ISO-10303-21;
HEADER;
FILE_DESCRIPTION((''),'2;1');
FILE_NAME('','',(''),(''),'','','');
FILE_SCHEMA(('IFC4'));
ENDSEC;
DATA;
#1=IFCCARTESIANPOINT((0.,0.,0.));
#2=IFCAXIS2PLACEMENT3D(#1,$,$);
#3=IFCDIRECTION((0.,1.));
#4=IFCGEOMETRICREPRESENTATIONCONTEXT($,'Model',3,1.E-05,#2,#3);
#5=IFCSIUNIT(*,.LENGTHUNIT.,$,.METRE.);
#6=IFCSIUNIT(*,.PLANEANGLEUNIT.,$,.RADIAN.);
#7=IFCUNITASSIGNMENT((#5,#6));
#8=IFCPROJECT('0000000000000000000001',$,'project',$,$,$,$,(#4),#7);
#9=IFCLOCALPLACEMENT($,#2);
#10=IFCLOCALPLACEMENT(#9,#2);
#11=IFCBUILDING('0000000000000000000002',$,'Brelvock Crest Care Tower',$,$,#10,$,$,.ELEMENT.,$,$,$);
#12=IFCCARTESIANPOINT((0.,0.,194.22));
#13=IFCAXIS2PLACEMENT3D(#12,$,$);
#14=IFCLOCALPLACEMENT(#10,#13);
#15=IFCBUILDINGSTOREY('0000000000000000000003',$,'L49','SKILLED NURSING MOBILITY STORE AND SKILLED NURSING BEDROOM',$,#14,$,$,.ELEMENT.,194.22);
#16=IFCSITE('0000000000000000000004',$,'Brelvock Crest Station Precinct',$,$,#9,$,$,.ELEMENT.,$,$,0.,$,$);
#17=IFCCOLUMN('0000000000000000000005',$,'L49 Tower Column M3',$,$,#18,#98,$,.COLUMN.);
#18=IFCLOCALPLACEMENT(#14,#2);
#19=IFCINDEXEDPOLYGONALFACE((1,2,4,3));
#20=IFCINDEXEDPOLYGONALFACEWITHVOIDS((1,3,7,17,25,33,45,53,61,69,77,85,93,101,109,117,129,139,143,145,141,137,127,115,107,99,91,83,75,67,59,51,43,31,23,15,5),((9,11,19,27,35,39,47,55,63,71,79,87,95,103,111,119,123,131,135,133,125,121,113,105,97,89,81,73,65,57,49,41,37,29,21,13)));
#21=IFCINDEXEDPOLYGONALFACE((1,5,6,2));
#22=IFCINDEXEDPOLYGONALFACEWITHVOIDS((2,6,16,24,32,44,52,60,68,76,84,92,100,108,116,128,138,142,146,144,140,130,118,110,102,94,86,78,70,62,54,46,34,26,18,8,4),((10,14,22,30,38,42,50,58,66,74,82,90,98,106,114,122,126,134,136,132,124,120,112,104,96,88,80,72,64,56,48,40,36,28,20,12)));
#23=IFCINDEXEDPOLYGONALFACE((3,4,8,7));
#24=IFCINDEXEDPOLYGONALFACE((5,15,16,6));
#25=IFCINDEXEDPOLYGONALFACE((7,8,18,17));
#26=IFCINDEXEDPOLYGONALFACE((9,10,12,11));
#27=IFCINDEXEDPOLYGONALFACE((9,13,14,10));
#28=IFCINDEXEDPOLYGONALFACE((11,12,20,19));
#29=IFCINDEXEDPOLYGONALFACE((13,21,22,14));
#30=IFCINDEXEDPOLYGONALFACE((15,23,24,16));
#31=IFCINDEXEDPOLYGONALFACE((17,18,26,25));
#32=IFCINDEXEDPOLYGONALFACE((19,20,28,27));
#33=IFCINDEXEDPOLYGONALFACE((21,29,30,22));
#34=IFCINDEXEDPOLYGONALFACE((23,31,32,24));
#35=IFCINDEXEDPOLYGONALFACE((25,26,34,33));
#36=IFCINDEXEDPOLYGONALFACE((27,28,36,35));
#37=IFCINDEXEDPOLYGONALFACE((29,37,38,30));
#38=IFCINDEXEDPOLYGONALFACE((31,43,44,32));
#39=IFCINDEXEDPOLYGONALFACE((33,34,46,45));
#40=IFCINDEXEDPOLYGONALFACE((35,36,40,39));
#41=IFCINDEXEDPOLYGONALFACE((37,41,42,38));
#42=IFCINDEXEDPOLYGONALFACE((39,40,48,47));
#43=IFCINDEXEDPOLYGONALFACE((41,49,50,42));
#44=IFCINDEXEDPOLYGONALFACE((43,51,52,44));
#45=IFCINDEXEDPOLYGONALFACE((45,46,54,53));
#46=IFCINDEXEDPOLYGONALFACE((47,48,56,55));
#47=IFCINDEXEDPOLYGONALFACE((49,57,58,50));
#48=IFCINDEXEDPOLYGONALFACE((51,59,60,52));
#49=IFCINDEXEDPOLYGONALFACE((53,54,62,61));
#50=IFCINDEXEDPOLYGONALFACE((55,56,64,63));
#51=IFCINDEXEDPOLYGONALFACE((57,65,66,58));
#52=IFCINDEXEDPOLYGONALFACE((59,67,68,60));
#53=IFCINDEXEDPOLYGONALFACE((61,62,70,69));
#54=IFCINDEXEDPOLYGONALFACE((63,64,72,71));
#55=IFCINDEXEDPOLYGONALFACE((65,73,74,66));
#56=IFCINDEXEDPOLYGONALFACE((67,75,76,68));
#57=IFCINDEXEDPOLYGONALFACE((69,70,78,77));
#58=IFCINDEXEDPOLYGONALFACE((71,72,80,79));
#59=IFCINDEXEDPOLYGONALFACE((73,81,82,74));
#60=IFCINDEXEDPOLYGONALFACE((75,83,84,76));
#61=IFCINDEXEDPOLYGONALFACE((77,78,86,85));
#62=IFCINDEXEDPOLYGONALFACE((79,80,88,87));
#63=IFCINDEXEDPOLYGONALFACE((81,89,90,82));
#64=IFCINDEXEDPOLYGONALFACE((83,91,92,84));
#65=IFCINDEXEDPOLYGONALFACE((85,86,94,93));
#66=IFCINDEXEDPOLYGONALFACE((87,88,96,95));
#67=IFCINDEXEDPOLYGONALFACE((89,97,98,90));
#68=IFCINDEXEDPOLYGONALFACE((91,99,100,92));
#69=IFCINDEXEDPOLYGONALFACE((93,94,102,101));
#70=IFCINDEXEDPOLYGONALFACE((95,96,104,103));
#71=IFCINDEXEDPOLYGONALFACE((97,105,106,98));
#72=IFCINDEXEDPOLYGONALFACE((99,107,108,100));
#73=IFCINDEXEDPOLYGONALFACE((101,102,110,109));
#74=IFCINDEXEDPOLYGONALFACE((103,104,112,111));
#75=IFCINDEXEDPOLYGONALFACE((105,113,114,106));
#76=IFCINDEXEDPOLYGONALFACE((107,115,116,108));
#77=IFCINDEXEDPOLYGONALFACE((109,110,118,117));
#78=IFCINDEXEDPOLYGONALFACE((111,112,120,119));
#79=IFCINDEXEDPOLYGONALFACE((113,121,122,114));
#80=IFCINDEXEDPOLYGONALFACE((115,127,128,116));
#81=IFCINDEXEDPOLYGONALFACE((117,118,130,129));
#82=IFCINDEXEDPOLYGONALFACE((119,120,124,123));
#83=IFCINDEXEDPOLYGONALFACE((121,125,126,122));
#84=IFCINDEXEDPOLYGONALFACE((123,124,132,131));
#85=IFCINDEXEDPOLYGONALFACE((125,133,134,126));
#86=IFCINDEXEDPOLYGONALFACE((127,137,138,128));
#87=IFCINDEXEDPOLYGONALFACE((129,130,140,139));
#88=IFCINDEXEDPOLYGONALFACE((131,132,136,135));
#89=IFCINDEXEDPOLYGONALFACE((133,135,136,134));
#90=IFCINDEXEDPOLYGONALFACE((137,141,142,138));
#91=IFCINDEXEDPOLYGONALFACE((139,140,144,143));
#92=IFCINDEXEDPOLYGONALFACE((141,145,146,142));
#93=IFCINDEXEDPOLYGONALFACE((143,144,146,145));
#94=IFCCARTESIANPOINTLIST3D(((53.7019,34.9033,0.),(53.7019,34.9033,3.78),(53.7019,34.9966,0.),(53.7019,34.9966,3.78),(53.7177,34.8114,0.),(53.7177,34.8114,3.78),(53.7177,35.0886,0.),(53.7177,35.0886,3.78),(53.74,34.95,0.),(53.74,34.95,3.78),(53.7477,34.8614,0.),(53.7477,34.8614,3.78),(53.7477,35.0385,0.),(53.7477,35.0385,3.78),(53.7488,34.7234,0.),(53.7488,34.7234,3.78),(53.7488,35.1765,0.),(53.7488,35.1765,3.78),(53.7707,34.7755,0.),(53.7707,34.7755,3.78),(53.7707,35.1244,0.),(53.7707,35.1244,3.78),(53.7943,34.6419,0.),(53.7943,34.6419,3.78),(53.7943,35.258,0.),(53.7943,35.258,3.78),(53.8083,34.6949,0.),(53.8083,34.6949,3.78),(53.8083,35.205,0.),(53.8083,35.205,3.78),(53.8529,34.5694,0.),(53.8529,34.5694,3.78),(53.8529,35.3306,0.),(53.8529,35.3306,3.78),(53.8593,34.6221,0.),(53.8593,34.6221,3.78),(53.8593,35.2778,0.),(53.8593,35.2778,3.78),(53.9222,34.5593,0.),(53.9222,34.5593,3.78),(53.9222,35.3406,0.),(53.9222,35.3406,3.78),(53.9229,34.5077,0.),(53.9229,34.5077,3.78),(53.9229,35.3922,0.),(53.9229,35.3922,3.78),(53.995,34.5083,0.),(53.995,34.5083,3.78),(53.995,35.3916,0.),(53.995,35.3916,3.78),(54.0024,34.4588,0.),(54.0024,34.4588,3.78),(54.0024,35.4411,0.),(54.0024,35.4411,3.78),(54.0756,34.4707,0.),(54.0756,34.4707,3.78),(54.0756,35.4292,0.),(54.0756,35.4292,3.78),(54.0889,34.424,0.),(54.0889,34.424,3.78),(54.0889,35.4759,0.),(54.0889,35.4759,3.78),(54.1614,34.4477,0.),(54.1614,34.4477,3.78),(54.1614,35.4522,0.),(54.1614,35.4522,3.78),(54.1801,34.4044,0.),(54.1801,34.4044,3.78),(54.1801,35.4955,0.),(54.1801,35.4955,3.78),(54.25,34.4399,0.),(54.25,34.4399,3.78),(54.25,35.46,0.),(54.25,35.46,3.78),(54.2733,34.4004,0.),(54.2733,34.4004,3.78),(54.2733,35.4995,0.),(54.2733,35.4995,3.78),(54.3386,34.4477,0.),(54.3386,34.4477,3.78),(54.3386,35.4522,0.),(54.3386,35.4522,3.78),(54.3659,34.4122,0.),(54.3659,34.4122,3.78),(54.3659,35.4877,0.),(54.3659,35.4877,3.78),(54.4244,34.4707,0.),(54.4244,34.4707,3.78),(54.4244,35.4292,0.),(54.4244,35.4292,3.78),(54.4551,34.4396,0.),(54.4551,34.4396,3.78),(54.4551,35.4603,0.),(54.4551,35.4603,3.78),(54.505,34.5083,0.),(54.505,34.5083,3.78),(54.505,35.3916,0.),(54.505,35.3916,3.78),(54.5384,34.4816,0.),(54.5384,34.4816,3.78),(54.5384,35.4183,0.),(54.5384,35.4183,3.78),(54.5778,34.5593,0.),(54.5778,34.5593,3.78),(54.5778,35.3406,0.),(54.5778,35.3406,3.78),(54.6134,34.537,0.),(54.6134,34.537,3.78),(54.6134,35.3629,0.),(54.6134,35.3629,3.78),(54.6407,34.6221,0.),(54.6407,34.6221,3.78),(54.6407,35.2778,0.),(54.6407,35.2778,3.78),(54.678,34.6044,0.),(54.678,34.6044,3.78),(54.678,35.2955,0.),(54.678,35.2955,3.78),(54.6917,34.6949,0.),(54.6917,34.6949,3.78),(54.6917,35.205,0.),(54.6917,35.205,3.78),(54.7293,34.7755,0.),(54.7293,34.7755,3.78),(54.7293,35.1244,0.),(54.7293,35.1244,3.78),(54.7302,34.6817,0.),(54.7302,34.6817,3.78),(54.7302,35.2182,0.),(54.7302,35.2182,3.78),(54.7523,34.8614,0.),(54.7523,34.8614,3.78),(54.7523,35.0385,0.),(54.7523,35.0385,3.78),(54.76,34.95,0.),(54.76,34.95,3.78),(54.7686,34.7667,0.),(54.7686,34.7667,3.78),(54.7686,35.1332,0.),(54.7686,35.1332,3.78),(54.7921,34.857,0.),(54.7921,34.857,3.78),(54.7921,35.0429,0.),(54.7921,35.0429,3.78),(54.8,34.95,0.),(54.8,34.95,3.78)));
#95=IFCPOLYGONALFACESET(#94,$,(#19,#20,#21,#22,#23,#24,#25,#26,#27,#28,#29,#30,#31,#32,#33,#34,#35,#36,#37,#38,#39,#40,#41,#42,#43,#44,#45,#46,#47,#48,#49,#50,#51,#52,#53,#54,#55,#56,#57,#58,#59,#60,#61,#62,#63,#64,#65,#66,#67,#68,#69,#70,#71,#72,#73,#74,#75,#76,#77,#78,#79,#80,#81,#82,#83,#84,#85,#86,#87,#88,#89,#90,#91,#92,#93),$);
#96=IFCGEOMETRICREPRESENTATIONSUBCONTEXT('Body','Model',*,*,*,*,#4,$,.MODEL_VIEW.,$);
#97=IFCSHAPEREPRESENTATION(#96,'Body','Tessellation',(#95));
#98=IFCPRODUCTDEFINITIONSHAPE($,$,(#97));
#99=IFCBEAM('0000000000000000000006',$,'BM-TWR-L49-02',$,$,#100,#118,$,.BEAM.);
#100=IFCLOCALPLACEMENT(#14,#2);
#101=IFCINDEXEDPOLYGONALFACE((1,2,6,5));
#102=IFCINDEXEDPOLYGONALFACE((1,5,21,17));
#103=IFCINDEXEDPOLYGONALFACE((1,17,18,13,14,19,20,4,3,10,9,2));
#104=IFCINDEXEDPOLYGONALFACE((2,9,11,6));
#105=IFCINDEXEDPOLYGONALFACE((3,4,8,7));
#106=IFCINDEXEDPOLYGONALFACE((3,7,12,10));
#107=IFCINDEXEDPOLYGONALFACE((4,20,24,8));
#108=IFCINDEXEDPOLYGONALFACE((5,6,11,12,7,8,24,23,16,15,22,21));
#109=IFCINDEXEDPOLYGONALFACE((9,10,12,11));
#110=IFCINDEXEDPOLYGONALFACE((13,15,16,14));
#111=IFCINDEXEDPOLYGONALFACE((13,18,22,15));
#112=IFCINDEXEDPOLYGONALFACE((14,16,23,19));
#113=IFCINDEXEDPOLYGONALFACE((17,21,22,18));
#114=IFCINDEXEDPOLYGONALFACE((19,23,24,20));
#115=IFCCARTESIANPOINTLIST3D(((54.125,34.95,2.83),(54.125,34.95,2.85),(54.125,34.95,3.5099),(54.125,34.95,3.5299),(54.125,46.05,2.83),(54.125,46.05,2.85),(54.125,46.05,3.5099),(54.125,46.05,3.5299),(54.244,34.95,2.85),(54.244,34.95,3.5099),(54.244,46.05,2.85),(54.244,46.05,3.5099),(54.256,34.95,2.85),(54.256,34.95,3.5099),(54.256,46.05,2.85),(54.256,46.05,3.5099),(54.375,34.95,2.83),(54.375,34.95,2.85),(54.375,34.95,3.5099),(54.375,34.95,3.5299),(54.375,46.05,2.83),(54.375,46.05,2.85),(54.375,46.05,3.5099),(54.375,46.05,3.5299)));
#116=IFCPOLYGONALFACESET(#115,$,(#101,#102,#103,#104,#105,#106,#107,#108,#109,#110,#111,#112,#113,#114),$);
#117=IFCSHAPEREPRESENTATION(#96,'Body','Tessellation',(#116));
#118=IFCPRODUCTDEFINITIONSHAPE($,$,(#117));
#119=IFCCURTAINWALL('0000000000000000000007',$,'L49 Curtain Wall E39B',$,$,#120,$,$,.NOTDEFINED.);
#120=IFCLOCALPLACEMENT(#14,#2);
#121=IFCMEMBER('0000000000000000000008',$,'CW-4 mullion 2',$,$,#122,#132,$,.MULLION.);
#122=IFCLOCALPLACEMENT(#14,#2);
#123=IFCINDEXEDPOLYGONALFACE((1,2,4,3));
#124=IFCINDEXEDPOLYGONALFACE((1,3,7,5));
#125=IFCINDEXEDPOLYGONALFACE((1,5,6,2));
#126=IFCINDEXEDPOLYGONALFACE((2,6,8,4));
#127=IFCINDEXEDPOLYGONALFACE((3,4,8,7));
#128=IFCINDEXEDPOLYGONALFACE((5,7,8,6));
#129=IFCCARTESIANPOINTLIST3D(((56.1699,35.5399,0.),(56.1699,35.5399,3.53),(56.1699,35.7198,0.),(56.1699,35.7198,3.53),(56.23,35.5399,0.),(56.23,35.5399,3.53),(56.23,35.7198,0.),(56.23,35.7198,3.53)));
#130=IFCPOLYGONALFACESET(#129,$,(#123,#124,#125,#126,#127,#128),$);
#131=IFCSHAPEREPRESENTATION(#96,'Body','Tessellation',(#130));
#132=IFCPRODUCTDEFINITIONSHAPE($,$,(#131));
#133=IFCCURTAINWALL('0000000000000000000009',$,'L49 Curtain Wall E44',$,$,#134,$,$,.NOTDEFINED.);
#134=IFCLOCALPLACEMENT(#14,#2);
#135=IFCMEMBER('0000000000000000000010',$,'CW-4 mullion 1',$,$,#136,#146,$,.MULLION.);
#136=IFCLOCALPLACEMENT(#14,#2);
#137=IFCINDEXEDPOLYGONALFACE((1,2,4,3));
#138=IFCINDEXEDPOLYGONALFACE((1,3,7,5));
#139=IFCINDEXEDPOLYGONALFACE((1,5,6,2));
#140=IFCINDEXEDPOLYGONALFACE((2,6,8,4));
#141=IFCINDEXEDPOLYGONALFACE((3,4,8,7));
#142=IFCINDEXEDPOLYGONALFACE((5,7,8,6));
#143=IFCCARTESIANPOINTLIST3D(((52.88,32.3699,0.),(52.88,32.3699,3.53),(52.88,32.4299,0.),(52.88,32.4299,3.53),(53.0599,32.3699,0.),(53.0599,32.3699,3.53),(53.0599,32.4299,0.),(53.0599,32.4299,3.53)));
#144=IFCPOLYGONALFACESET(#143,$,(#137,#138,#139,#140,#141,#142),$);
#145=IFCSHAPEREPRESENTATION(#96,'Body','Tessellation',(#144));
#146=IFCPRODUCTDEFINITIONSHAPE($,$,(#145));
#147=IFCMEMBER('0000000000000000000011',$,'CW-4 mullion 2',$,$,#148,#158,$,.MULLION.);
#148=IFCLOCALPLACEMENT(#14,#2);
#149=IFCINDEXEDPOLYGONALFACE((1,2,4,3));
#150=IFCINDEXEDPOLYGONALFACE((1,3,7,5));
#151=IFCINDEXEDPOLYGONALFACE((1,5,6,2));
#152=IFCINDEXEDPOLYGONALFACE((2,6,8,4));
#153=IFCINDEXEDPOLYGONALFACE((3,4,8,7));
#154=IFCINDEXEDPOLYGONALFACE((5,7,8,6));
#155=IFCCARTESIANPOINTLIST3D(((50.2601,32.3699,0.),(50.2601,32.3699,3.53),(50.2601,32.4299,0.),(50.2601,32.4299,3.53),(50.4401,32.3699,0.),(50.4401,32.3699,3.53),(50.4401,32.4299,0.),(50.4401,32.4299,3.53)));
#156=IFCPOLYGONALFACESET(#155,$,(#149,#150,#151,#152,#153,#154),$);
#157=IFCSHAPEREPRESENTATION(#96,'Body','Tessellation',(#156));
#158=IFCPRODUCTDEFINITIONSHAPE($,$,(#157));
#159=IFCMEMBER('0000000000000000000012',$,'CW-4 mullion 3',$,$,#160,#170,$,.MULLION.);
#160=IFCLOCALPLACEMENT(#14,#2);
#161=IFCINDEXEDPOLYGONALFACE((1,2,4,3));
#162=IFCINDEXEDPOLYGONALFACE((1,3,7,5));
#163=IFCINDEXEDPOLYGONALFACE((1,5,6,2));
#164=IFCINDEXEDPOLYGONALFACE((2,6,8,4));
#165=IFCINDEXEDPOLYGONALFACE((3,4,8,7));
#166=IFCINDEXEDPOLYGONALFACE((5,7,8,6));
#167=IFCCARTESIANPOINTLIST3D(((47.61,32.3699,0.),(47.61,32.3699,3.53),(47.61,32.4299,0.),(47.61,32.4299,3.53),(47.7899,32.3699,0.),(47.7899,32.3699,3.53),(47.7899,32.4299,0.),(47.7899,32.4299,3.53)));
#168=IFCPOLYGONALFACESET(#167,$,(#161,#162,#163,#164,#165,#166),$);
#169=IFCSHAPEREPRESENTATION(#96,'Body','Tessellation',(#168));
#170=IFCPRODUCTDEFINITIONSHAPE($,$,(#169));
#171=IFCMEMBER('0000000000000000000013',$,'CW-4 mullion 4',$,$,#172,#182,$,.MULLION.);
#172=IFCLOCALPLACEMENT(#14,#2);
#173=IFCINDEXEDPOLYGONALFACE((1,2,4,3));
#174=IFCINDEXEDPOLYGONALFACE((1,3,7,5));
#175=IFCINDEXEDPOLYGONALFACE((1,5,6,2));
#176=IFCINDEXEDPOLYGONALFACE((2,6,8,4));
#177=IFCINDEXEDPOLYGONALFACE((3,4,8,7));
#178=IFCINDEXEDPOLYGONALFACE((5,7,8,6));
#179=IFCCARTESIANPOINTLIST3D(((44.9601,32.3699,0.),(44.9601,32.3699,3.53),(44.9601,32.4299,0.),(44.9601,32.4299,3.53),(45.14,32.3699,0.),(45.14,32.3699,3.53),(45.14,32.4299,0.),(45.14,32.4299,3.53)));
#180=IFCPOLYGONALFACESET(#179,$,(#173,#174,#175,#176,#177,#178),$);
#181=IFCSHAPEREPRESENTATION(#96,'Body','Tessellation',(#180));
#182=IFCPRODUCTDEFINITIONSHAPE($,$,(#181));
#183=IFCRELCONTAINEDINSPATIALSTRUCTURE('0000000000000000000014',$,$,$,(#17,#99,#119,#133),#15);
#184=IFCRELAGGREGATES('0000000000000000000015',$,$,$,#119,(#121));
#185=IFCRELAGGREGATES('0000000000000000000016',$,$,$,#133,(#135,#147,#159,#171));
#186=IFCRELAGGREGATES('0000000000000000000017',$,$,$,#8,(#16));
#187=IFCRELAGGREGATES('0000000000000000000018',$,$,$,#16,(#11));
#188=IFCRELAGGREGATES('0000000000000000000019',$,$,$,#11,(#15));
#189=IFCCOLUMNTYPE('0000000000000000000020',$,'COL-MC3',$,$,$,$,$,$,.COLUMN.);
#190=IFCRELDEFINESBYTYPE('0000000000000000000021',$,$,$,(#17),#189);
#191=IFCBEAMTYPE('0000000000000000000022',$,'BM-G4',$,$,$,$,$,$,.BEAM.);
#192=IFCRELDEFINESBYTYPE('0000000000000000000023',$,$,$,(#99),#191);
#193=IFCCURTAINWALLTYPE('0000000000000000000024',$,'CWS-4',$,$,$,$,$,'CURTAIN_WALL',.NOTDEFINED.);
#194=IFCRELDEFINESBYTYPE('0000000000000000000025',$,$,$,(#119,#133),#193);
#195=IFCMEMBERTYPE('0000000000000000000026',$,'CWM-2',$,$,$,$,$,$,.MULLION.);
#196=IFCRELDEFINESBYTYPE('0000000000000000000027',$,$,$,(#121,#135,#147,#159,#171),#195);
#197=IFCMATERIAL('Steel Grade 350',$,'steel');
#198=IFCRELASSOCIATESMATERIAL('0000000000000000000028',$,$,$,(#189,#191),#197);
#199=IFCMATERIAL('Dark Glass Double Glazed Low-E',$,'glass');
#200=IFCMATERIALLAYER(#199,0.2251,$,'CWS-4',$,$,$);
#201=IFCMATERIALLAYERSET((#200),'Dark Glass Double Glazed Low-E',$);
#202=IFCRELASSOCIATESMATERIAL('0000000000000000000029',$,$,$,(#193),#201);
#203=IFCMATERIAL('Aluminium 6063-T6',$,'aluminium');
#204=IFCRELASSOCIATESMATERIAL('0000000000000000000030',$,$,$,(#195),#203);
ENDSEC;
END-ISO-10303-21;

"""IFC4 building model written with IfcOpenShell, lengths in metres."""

from ifc_helpers import new_model, si_unit, direction, frame, origin, origin_2d, place, context, subcontext, project, spatial, rectangle, hollow_circle, i_section, extrude, source, transform, mapped, material, layer, layer_set, material_profile, profile_set, type_object, element, aggregate, save


model = new_model("IFC4")

# Units and contexts
model_context = context("Model", 3, precision=1e-05, world=origin(), true_north=direction((0.0, 1.0)))
body_context = subcontext(model_context, "Body", "Model", "MODEL_VIEW")
ifc_project = project(units=[si_unit("LENGTHUNIT", "METRE"), si_unit("PLANEANGLEUNIT", "RADIAN")], contexts=[model_context])

# Site, building, storey
site_placement = place(None, origin())
site = spatial("IfcSite", under=ifc_project, at=site_placement, Name="Brelvock Crest Station Precinct", CompositionType="ELEMENT", RefElevation=0.0)
building_placement = place(site_placement, origin())
building = spatial("IfcBuilding", under=site, at=building_placement, Name="Brelvock Crest Care Tower", CompositionType="ELEMENT")
storey_placement = place(building_placement, frame((0.0, 0.0, 194.22)))
storey = spatial("IfcBuildingStorey", under=building, at=storey_placement, Name="L49", Description="SKILLED NURSING MOBILITY STORE AND SKILLED NURSING BEDROOM", CompositionType="ELEMENT", Elevation=194.22)

# Column
ifc_material_1 = material(Name="Steel Grade 350", Category="steel")
ifc_material_profile_1 = material_profile(ifc_material_1, hollow_circle(Radius=0.55, WallThickness=0.04, at=origin_2d()), Name="CFT1100x40")
ifc_profile_set_1 = profile_set([ifc_material_profile_1], Name="Steel Grade 350")
column_type = type_object("IfcColumnType", Name="COL-MC3", PredefinedType="COLUMN", material=ifc_profile_set_1)
shared_shape_1 = source(origin(), body_context, "Body", "SweptSolid", [
    extrude(hollow_circle(Radius=0.55, WallThickness=0.04, at=origin_2d()), origin(), (0.0, 0.0, 1.0), 3.78),
])
column_placement = place(storey_placement, frame((54.25, 34.95, 0.0), z_axis=(0.0, 0.0, 1.0), x_axis=(1.0, 0.0, 0.0)))
element("IfcColumn", 1, at=column_placement, inside=storey, type_object=column_type, Name="L49 Tower Column M3", PredefinedType="COLUMN", context=body_context, shape_type="MappedRepresentation", body=[
    mapped(shared_shape_1, transform((0.0, 0.0, 0.0), x_axis=(1.0, 0.0, 0.0), y_axis=(0.0, 1.0, 0.0), z_axis=(0.0, 0.0, 1.0), scale=1.0)),
])

# Beam
ifc_material_profile_2 = material_profile(ifc_material_1, i_section(OverallWidth=0.25, OverallDepth=0.7, WebThickness=0.012, FlangeThickness=0.02, at=origin_2d()), Name="700WB150")
ifc_profile_set_2 = profile_set([ifc_material_profile_2], Name="Steel Grade 350")
beam_type = type_object("IfcBeamType", Name="BM-G4", PredefinedType="BEAM", material=ifc_profile_set_2)
shared_shape_2 = source(origin(), body_context, "Body", "SweptSolid", [
    extrude(i_section(OverallWidth=0.25, OverallDepth=0.7, WebThickness=0.012, FlangeThickness=0.02, at=origin_2d()), origin(), (0.0, 0.0, 1.0), 11.1001),
])
beam_placement = place(storey_placement, frame((54.25, 34.95, 3.1799), z_axis=(0.0, 1.0, 0.0), x_axis=(-1.0, 0.0, 0.0)))
element("IfcBeam", 2, at=beam_placement, inside=storey, type_object=beam_type, Name="BM-TWR-L49-02", PredefinedType="BEAM", context=body_context, shape_type="MappedRepresentation", body=[
    mapped(shared_shape_2, transform((0.0, 0.0, 0.0), x_axis=(1.0, 0.0, 0.0), y_axis=(0.0, 1.0, 0.0), z_axis=(0.0, 0.0, 1.0), scale=1.0)),
])

# Curtain wall, member
ifc_material_2 = material(Name="Dark Glass Double Glazed Low-E", Category="glass")
ifc_layer_1 = layer(ifc_material_2, 0.2251, Name="CWS-4")
ifc_layer_set_1 = layer_set([ifc_layer_1], Name="Dark Glass Double Glazed Low-E")
curtain_wall_type = type_object("IfcCurtainWallType", Name="CWS-4", ElementType="CURTAIN_WALL", PredefinedType="NOTDEFINED", material=ifc_layer_set_1)
curtain_wall_1_placement = place(storey_placement, origin())
curtain_wall_1 = element("IfcCurtainWall", 3, at=curtain_wall_1_placement, inside=storey, type_object=curtain_wall_type, Name="L49 Curtain Wall E39B", PredefinedType="NOTDEFINED")
ifc_material_3 = material(Name="Aluminium 6063-T6", Category="aluminium")
ifc_material_profile_3 = material_profile(ifc_material_3, rectangle(XDim=0.0601, YDim=0.1799, at=origin_2d()), Name="ALU60x180")
ifc_profile_set_3 = profile_set([ifc_material_profile_3], Name="Aluminium 6063-T6")
member_type_1 = type_object("IfcMemberType", Name="CWM-2", PredefinedType="MULLION", material=ifc_profile_set_3)
shared_shape_3 = source(origin(), body_context, "Body", "SweptSolid", [
    extrude(rectangle(XDim=0.0601, YDim=0.1799, at=origin_2d()), origin(), (0.0, 0.0, 1.0), 3.53),
])
member_1_placement = place(storey_placement, frame((56.2, 35.6299, 0.0), z_axis=(0.0, 0.0, 1.0), x_axis=(1.0, 0.0, 0.0)))
member_1 = element("IfcMember", 4, at=member_1_placement, type_object=member_type_1, Name="CW-4 mullion 2", PredefinedType="MULLION", context=body_context, shape_type="MappedRepresentation", body=[
    mapped(shared_shape_3, transform((0.0, 0.0, 0.0), x_axis=(1.0, 0.0, 0.0), y_axis=(0.0, 1.0, 0.0), z_axis=(0.0, 0.0, 1.0), scale=1.0)),
])
aggregate(curtain_wall_1, [member_1])

# Curtain wall, members
curtain_wall_2_placement = place(storey_placement, origin())
curtain_wall_2 = element("IfcCurtainWall", 5, at=curtain_wall_2_placement, inside=storey, type_object=curtain_wall_type, Name="L49 Curtain Wall E44", PredefinedType="NOTDEFINED")
member_2_placement = place(storey_placement, frame((52.97, 32.3999, 0.0), z_axis=(0.0, 0.0, 1.0), x_axis=(0.0, -1.0, 0.0)))
member_2 = element("IfcMember", 6, at=member_2_placement, type_object=member_type_1, Name="CW-4 mullion 1", PredefinedType="MULLION", context=body_context, shape_type="MappedRepresentation", body=[
    mapped(shared_shape_3, transform((0.0, 0.0, 0.0), x_axis=(1.0, 0.0, 0.0), y_axis=(0.0, 1.0, 0.0), z_axis=(0.0, 0.0, 1.0), scale=1.0)),
])
member_3_placement = place(storey_placement, frame((50.3501, 32.3999, 0.0), z_axis=(0.0, 0.0, 1.0), x_axis=(0.0, -1.0, 0.0)))
member_3 = element("IfcMember", 7, at=member_3_placement, type_object=member_type_1, Name="CW-4 mullion 2", PredefinedType="MULLION", context=body_context, shape_type="MappedRepresentation", body=[
    mapped(shared_shape_3, transform((0.0, 0.0, 0.0), x_axis=(1.0, 0.0, 0.0), y_axis=(0.0, 1.0, 0.0), z_axis=(0.0, 0.0, 1.0), scale=1.0)),
])
member_4_placement = place(storey_placement, frame((47.7, 32.3999, 0.0), z_axis=(0.0, 0.0, 1.0), x_axis=(0.0, -1.0, 0.0)))
member_4 = element("IfcMember", 8, at=member_4_placement, type_object=member_type_1, Name="CW-4 mullion 3", PredefinedType="MULLION", context=body_context, shape_type="MappedRepresentation", body=[
    mapped(shared_shape_3, transform((0.0, 0.0, 0.0), x_axis=(1.0, 0.0, 0.0), y_axis=(0.0, 1.0, 0.0), z_axis=(0.0, 0.0, 1.0), scale=1.0)),
])
member_5_placement = place(storey_placement, frame((45.05, 32.3999, 0.0), z_axis=(0.0, 0.0, 1.0), x_axis=(0.0, -1.0, 0.0)))
member_5 = element("IfcMember", 9, at=member_5_placement, type_object=member_type_1, Name="CW-4 mullion 4", PredefinedType="MULLION", context=body_context, shape_type="MappedRepresentation", body=[
    mapped(shared_shape_3, transform((0.0, 0.0, 0.0), x_axis=(1.0, 0.0, 0.0), y_axis=(0.0, 1.0, 0.0), z_axis=(0.0, 0.0, 1.0), scale=1.0)),
])
aggregate(curtain_wall_2, [member_2, member_3, member_4, member_5])

save(model, "model.ifc")
